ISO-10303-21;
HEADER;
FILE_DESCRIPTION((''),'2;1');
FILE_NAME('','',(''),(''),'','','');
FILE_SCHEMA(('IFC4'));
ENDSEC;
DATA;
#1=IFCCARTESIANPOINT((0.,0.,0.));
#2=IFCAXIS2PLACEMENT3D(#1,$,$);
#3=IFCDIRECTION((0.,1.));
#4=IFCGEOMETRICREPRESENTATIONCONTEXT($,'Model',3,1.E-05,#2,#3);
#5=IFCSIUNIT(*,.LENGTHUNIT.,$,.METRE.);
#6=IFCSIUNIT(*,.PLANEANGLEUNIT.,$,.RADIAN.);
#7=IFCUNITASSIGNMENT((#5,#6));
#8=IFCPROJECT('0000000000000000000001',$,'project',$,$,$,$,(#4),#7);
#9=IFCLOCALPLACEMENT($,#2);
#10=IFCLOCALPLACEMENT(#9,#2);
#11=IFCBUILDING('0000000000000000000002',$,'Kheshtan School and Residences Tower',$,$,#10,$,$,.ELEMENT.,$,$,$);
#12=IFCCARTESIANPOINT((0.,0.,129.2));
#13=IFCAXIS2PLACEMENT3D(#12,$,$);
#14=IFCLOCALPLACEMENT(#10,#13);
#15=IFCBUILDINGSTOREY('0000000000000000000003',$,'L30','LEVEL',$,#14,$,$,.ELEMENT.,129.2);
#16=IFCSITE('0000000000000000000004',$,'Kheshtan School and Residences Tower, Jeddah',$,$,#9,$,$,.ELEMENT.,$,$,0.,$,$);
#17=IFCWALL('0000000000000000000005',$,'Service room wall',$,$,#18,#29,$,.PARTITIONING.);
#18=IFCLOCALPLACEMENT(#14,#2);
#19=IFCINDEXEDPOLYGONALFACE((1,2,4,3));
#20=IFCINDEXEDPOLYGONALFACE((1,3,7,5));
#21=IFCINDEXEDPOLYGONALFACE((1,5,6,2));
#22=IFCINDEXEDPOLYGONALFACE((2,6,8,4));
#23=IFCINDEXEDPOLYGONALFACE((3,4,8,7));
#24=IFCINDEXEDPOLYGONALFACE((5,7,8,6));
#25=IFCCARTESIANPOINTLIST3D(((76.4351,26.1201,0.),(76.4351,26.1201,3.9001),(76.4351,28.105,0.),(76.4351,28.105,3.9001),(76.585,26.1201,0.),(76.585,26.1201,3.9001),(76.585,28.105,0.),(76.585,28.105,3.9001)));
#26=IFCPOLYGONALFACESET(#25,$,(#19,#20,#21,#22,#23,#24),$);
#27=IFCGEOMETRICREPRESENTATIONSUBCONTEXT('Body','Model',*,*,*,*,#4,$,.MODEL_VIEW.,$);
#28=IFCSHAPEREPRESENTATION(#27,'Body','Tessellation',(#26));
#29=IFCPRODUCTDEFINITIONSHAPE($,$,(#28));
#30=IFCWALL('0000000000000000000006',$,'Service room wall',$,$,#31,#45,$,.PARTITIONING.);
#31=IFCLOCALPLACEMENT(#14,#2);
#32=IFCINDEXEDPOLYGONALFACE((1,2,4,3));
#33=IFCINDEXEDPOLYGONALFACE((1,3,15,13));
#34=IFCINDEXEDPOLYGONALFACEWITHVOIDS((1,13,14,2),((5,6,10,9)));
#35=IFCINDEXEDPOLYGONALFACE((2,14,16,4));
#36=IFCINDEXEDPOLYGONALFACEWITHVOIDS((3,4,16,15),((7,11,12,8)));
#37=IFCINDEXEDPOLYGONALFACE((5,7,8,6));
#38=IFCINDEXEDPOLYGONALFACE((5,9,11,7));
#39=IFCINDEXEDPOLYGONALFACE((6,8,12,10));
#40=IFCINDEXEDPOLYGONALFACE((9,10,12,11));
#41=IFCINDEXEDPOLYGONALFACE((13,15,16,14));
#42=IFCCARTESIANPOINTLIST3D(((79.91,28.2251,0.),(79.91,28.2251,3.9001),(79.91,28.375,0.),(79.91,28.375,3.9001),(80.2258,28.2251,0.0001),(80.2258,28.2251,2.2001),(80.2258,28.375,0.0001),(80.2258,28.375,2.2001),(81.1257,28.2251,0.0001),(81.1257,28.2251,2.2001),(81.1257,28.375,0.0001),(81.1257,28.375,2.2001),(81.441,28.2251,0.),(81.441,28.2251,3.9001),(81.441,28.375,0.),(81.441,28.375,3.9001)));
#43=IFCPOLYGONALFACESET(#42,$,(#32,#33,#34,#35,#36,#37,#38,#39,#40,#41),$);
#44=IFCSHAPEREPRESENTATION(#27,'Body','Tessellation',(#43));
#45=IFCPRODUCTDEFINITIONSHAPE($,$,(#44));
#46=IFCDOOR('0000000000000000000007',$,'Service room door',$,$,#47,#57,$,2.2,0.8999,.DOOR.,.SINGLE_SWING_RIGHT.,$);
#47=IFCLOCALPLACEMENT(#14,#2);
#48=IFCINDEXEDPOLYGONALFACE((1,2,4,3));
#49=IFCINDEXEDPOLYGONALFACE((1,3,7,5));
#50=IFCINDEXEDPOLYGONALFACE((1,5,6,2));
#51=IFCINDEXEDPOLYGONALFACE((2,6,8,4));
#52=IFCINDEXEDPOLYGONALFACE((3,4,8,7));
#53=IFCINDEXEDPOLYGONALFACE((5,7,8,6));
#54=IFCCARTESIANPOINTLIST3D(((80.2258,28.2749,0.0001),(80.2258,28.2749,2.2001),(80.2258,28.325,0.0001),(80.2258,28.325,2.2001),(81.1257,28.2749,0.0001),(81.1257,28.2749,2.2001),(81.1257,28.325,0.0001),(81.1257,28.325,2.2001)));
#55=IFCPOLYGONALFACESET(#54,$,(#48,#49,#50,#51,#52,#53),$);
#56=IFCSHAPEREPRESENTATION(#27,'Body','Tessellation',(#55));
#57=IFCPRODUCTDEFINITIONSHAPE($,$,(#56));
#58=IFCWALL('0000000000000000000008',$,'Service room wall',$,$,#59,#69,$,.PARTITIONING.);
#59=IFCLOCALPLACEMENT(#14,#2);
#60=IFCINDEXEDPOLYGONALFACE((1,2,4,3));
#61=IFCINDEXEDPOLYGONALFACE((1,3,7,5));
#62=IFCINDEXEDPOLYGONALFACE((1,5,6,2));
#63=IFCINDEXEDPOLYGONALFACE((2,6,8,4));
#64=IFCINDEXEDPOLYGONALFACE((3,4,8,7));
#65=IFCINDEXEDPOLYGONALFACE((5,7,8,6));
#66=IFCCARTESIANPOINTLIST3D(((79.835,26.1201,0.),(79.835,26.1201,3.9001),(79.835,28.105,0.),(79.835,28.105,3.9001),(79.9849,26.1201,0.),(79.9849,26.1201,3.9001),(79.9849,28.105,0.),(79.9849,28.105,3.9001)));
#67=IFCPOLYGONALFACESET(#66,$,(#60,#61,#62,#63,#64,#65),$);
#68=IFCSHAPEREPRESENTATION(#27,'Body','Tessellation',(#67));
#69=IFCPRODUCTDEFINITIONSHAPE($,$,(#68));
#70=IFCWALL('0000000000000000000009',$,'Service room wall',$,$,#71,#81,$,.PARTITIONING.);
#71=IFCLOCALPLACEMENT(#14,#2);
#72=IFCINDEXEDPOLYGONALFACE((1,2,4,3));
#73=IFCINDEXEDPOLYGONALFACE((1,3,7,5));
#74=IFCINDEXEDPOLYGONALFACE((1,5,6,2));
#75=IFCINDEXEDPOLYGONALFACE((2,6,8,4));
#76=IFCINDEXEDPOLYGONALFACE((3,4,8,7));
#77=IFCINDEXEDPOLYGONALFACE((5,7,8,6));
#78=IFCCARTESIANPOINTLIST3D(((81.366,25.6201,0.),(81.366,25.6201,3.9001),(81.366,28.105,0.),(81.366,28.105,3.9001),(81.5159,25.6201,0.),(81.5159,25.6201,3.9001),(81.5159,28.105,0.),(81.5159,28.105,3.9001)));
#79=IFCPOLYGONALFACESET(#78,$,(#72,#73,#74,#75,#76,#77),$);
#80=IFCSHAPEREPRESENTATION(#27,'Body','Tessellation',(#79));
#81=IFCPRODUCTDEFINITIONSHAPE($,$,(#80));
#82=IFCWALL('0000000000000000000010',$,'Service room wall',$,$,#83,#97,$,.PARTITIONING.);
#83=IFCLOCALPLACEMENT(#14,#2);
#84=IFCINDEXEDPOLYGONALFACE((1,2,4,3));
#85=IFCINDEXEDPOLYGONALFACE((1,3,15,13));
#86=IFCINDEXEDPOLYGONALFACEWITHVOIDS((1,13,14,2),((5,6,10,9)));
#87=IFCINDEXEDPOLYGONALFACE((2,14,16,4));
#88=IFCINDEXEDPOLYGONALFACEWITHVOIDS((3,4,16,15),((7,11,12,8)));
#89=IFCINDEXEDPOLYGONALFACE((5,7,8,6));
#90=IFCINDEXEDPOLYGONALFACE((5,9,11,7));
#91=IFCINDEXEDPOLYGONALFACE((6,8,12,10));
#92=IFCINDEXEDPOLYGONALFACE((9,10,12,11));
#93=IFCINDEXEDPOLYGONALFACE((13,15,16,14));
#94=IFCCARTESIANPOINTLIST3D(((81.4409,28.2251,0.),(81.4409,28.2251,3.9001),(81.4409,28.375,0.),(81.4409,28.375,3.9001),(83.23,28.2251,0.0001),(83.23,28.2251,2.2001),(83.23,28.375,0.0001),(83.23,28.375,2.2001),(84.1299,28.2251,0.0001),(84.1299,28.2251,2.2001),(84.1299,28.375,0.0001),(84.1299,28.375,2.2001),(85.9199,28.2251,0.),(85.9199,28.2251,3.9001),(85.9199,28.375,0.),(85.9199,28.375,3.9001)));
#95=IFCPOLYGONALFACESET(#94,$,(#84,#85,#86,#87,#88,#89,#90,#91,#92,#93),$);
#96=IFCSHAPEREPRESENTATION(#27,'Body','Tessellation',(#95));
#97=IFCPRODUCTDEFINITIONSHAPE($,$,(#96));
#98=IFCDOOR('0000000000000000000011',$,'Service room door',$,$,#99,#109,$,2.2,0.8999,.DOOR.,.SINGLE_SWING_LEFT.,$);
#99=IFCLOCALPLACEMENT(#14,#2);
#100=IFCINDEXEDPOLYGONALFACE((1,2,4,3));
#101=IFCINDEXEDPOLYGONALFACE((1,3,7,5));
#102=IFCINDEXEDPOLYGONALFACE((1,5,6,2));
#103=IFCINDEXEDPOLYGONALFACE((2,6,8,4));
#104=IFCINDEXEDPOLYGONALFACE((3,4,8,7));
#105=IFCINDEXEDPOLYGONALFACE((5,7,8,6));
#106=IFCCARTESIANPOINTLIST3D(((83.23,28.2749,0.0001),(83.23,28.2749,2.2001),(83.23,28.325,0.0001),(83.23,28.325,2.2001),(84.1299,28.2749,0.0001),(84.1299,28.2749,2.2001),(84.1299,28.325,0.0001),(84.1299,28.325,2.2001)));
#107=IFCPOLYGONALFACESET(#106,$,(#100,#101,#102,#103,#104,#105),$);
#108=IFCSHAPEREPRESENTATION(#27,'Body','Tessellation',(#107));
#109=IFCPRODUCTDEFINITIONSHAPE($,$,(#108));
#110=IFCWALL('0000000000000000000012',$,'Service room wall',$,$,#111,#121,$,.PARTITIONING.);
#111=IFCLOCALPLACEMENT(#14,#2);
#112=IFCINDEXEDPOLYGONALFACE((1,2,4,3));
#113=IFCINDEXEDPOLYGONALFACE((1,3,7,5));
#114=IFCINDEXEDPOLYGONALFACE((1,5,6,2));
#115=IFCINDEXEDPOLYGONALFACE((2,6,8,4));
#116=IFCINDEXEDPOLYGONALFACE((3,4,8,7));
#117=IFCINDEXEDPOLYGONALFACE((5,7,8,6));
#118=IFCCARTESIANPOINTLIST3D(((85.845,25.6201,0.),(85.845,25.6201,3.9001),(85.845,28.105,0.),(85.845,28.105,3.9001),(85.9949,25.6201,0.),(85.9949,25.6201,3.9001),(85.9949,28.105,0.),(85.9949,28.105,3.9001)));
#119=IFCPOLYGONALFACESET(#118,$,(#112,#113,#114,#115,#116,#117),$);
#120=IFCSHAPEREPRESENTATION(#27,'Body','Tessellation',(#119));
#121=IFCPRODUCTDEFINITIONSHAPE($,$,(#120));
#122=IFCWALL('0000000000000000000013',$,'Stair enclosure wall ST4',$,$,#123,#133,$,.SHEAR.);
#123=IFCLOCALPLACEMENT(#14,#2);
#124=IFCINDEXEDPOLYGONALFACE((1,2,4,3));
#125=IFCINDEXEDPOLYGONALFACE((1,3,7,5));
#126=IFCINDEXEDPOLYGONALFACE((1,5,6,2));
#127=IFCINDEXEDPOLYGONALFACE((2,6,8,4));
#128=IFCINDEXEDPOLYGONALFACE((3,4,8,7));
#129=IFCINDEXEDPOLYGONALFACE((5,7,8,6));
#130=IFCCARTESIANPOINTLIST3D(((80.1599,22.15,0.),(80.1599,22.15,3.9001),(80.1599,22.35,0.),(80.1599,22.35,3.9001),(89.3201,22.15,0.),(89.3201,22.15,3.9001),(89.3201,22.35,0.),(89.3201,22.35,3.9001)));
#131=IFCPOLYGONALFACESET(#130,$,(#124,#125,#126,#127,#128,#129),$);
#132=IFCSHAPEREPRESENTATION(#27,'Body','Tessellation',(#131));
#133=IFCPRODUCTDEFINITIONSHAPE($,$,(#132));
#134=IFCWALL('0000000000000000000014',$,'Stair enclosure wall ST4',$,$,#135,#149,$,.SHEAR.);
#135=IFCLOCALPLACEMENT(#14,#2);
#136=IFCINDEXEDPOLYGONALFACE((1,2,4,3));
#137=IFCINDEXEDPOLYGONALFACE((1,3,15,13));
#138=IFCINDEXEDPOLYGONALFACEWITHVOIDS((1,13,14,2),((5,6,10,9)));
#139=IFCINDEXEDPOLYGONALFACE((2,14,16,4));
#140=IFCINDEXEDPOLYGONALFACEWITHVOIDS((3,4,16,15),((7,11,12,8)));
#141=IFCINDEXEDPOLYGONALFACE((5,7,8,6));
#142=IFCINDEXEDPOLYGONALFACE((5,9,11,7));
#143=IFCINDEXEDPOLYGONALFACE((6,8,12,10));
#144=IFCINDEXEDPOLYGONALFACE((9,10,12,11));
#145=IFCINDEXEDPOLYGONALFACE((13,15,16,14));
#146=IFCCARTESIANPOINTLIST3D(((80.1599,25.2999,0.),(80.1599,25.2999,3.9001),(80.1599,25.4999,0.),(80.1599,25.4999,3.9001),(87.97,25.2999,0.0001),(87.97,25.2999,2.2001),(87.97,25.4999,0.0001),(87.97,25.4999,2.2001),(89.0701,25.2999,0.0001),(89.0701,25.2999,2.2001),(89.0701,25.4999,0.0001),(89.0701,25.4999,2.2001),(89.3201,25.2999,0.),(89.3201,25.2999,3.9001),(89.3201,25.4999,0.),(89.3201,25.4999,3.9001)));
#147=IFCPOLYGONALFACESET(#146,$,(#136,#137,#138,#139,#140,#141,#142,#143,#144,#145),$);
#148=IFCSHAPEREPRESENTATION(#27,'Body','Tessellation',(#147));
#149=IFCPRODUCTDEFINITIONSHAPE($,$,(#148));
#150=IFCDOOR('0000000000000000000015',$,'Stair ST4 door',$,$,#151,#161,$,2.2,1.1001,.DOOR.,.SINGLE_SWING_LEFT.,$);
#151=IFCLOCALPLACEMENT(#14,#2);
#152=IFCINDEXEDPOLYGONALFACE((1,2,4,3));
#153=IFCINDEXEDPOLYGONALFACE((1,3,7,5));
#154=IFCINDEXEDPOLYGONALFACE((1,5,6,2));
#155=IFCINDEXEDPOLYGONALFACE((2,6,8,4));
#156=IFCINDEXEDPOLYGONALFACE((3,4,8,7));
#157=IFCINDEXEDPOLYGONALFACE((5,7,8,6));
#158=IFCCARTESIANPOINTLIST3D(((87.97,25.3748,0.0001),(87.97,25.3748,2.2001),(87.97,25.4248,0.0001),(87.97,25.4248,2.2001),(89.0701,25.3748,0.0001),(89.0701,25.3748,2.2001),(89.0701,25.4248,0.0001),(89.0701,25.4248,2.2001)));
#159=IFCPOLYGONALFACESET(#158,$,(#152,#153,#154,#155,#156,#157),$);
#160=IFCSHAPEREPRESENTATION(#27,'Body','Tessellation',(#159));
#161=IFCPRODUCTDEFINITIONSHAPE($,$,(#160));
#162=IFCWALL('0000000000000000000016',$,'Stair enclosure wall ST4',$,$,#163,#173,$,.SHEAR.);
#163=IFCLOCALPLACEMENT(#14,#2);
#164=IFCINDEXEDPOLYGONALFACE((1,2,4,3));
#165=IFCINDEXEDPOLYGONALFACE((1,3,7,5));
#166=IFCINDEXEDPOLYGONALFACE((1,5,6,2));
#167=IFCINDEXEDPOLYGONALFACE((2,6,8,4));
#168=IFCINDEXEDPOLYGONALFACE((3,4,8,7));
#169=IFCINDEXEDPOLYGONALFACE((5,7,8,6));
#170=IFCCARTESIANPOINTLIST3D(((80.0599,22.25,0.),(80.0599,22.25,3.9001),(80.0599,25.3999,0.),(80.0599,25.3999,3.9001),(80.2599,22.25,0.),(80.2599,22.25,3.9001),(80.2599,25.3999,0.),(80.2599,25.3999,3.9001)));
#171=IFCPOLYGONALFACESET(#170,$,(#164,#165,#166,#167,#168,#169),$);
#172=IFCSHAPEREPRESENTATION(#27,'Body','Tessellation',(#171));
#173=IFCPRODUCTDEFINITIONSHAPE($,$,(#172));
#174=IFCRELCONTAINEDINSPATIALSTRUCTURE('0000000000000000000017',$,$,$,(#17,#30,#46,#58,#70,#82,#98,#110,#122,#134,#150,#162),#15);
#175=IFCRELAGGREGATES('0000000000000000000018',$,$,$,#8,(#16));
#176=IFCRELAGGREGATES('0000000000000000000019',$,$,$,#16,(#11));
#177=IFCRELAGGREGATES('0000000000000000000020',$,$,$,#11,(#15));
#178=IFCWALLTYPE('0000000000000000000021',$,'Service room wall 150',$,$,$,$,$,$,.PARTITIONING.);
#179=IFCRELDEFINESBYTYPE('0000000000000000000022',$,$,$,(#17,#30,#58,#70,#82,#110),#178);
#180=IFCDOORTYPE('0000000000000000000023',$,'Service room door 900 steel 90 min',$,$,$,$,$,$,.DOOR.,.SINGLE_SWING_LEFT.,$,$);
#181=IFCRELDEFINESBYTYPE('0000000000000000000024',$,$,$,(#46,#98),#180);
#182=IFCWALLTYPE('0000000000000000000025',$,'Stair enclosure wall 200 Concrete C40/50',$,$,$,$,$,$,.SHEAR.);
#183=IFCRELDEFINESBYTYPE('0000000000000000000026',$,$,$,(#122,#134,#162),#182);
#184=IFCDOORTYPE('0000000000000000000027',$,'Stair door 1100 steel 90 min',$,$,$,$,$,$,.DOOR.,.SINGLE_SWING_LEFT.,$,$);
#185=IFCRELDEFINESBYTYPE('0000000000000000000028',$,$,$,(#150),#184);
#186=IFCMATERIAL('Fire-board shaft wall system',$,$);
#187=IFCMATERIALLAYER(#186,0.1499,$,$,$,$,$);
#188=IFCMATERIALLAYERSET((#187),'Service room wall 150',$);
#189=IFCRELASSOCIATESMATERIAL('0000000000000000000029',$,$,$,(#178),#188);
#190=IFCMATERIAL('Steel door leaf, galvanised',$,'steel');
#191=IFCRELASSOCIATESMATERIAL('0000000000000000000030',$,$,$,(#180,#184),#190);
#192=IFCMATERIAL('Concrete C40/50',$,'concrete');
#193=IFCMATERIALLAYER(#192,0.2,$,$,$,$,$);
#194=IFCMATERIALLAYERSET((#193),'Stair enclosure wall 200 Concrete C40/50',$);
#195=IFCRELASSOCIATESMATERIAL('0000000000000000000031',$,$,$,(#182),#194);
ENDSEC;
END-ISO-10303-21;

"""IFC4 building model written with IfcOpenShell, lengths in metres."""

from ifc_helpers import new_model, si_unit, direction, frame, frame_2d, origin, place, context, subcontext, project, spatial, rectangle, extrude, source, transform, mapped, material, layer, layer_set, type_object, element, fill, save


model = new_model("IFC4")

# Units and contexts
model_context = context("Model", 3, precision=1e-05, world=origin(), true_north=direction((0.0, 1.0)))
body_context = subcontext(model_context, "Body", "Model", "MODEL_VIEW")
ifc_project = project(units=[si_unit("LENGTHUNIT", "METRE"), si_unit("PLANEANGLEUNIT", "RADIAN")], contexts=[model_context])

# Site, building, storey
site_placement = place(None, origin())
site = spatial("IfcSite", under=ifc_project, at=site_placement, Name="Kheshtan School and Residences Tower, Jeddah", CompositionType="ELEMENT", RefElevation=0.0)
building_placement = place(site_placement, origin())
building = spatial("IfcBuilding", under=site, at=building_placement, Name="Kheshtan School and Residences Tower", CompositionType="ELEMENT")
storey_placement = place(building_placement, frame((0.0, 0.0, 129.2)))
storey = spatial("IfcBuildingStorey", under=building, at=storey_placement, Name="L30", Description="LEVEL", CompositionType="ELEMENT", Elevation=129.2)

# Wall
ifc_material_1 = material(Name="Fire-board shaft wall system")
ifc_layer_1 = layer(ifc_material_1, 0.1499)
ifc_layer_set_1 = layer_set([ifc_layer_1], Name="Service room wall 150")
wall_type_1 = type_object("IfcWallType", Name="Service room wall 150", PredefinedType="PARTITIONING", material=ifc_layer_set_1)
wall_1_placement = place(storey_placement, frame((76.51, 26.1201, 0.0), z_axis=(0.0, 0.0, 1.0), x_axis=(0.0, 1.0, 0.0)))
element("IfcWall", 1, at=wall_1_placement, inside=storey, type_object=wall_type_1, Name="Service room wall", PredefinedType="PARTITIONING", context=body_context, shape_type="SweptSolid", body=[
    extrude(rectangle(XDim=1.9849, YDim=0.1499, at=frame_2d((0.9924, 0.0))), origin(), (0.0, 0.0, 1.0), 3.9001),
])

# Wall, opening, door
wall_2_placement = place(storey_placement, frame((79.9099, 28.3, 0.0), z_axis=(0.0, 0.0, 1.0), x_axis=(1.0, 0.0, 0.0)))
wall_2 = element("IfcWall", 2, at=wall_2_placement, inside=storey, type_object=wall_type_1, Name="Service room wall", PredefinedType="PARTITIONING", context=body_context, shape_type="SweptSolid", body=[
    extrude(rectangle(XDim=1.531, YDim=0.1499, at=frame_2d((0.7656, 0.0))), origin(), (0.0, 0.0, 1.0), 3.9001),
])
opening_1_placement = place(wall_2_placement, frame((0.3159, 0.0, 0.0)))
opening_1 = element("IfcOpeningElement", 3, at=opening_1_placement, cuts=wall_2, PredefinedType="OPENING", context=body_context, shape_type="SweptSolid", body=[
    extrude(rectangle(XDim=0.8999, YDim=2.2, at=frame_2d((0.45, 1.1001))), frame((0.0, 0.085, 0.0), z_axis=(0.0, -1.0, 0.0), x_axis=(1.0, 0.0, 0.0)), (0.0, 0.0, 1.0), 0.1699),
])
ifc_material_2 = material(Name="Steel door leaf, galvanised", Category="steel")
door_type_1 = type_object("IfcDoorType", Name="Service room door 900 steel 90 min", OperationType="SINGLE_SWING_LEFT", PredefinedType="DOOR", material=ifc_material_2)
shared_shape_1 = source(origin(), body_context, "Body", "SweptSolid", [
    extrude(rectangle(XDim=0.8999, YDim=2.2, at=frame_2d((0.45, 1.1001))), frame((0.0, 0.0249, 0.0), z_axis=(0.0, -1.0, 0.0), x_axis=(1.0, 0.0, 0.0)), (0.0, 0.0, 1.0), 0.05),
])
door_1_placement = place(opening_1_placement, origin())
door_1 = element("IfcDoor", 4, at=door_1_placement, inside=storey, type_object=door_type_1, Name="Service room door", OperationType="SINGLE_SWING_RIGHT", OverallHeight=2.2, OverallWidth=0.8999, PredefinedType="DOOR", context=body_context, shape_type="MappedRepresentation", body=[
    mapped(shared_shape_1, transform((0.0, 0.0, 0.0), x_axis=(1.0, 0.0, 0.0), y_axis=(0.0, 1.0, 0.0), z_axis=(0.0, 0.0, 1.0), scale=1.0)),
])
fill(opening_1, door_1)

# Walls
wall_3_placement = place(storey_placement, frame((79.9099, 26.1201, 0.0), z_axis=(0.0, 0.0, 1.0), x_axis=(0.0, 1.0, 0.0)))
element("IfcWall", 5, at=wall_3_placement, inside=storey, type_object=wall_type_1, Name="Service room wall", PredefinedType="PARTITIONING", context=body_context, shape_type="SweptSolid", body=[
    extrude(rectangle(XDim=1.9849, YDim=0.1499, at=frame_2d((0.9924, 0.0))), origin(), (0.0, 0.0, 1.0), 3.9001),
])
wall_4_placement = place(storey_placement, frame((81.4409, 25.6201, 0.0), z_axis=(0.0, 0.0, 1.0), x_axis=(0.0, 1.0, 0.0)))
element("IfcWall", 6, at=wall_4_placement, inside=storey, type_object=wall_type_1, Name="Service room wall", PredefinedType="PARTITIONING", context=body_context, shape_type="SweptSolid", body=[
    extrude(rectangle(XDim=2.4849, YDim=0.1499, at=frame_2d((1.2424, 0.0))), origin(), (0.0, 0.0, 1.0), 3.9001),
])

# Wall, opening, door
wall_5_placement = place(storey_placement, frame((81.4409, 28.3, 0.0), z_axis=(0.0, 0.0, 1.0), x_axis=(1.0, 0.0, 0.0)))
wall_5 = element("IfcWall", 7, at=wall_5_placement, inside=storey, type_object=wall_type_1, Name="Service room wall", PredefinedType="PARTITIONING", context=body_context, shape_type="SweptSolid", body=[
    extrude(rectangle(XDim=4.479, YDim=0.1499, at=frame_2d((2.2395, 0.0))), origin(), (0.0, 0.0, 1.0), 3.9001),
])
opening_2_placement = place(wall_5_placement, frame((1.7891, 0.0, 0.0)))
opening_2 = element("IfcOpeningElement", 8, at=opening_2_placement, cuts=wall_5, PredefinedType="OPENING", context=body_context, shape_type="SweptSolid", body=[
    extrude(rectangle(XDim=0.8999, YDim=2.2, at=frame_2d((0.45, 1.1001))), frame((0.0, 0.085, 0.0), z_axis=(0.0, -1.0, 0.0), x_axis=(1.0, 0.0, 0.0)), (0.0, 0.0, 1.0), 0.1699),
])
door_2_placement = place(opening_2_placement, origin())
door_2 = element("IfcDoor", 9, at=door_2_placement, inside=storey, type_object=door_type_1, Name="Service room door", OperationType="SINGLE_SWING_LEFT", OverallHeight=2.2, OverallWidth=0.8999, PredefinedType="DOOR", context=body_context, shape_type="MappedRepresentation", body=[
    mapped(shared_shape_1, transform((0.0, 0.0, 0.0), x_axis=(1.0, 0.0, 0.0), y_axis=(0.0, 1.0, 0.0), z_axis=(0.0, 0.0, 1.0), scale=1.0)),
])
fill(opening_2, door_2)

# Walls
wall_6_placement = place(storey_placement, frame((85.9199, 25.6201, 0.0), z_axis=(0.0, 0.0, 1.0), x_axis=(0.0, 1.0, 0.0)))
element("IfcWall", 10, at=wall_6_placement, inside=storey, type_object=wall_type_1, Name="Service room wall", PredefinedType="PARTITIONING", context=body_context, shape_type="SweptSolid", body=[
    extrude(rectangle(XDim=2.4849, YDim=0.1499, at=frame_2d((1.2424, 0.0))), origin(), (0.0, 0.0, 1.0), 3.9001),
])
ifc_material_3 = material(Name="Concrete C40/50", Category="concrete")
ifc_layer_2 = layer(ifc_material_3, 0.2)
ifc_layer_set_2 = layer_set([ifc_layer_2], Name="Stair enclosure wall 200 Concrete C40/50")
wall_type_2 = type_object("IfcWallType", Name="Stair enclosure wall 200 Concrete C40/50", PredefinedType="SHEAR", material=ifc_layer_set_2)
wall_7_placement = place(storey_placement, frame((80.1599, 22.25, 0.0), z_axis=(0.0, 0.0, 1.0), x_axis=(1.0, 0.0, 0.0)))
element("IfcWall", 11, at=wall_7_placement, inside=storey, type_object=wall_type_2, Name="Stair enclosure wall ST4", PredefinedType="SHEAR", context=body_context, shape_type="SweptSolid", body=[
    extrude(rectangle(XDim=9.1602, YDim=0.2, at=frame_2d((4.5801, 0.0))), origin(), (0.0, 0.0, 1.0), 3.9001),
])

# Wall, opening, door
wall_8_placement = place(storey_placement, frame((80.1599, 25.3999, 0.0), z_axis=(0.0, 0.0, 1.0), x_axis=(1.0, 0.0, 0.0)))
wall_8 = element("IfcWall", 12, at=wall_8_placement, inside=storey, type_object=wall_type_2, Name="Stair enclosure wall ST4", PredefinedType="SHEAR", context=body_context, shape_type="SweptSolid", body=[
    extrude(rectangle(XDim=9.1602, YDim=0.2, at=frame_2d((4.5801, 0.0))), origin(), (0.0, 0.0, 1.0), 3.9001),
])
opening_3_placement = place(wall_8_placement, frame((7.8101, 0.0, 0.0)))
opening_3 = element("IfcOpeningElement", 13, at=opening_3_placement, cuts=wall_8, PredefinedType="OPENING", context=body_context, shape_type="SweptSolid", body=[
    extrude(rectangle(XDim=1.1001, YDim=2.2, at=frame_2d((0.55, 1.1001))), frame((0.0, 0.1099, 0.0), z_axis=(0.0, -1.0, 0.0), x_axis=(1.0, 0.0, 0.0)), (0.0, 0.0, 1.0), 0.22),
])
door_type_2 = type_object("IfcDoorType", Name="Stair door 1100 steel 90 min", OperationType="SINGLE_SWING_LEFT", PredefinedType="DOOR", material=ifc_material_2)
shared_shape_2 = source(origin(), body_context, "Body", "SweptSolid", [
    extrude(rectangle(XDim=1.1001, YDim=2.2, at=frame_2d((0.55, 1.1001))), frame((0.0, 0.0249, 0.0), z_axis=(0.0, -1.0, 0.0), x_axis=(1.0, 0.0, 0.0)), (0.0, 0.0, 1.0), 0.05),
])
door_3_placement = place(opening_3_placement, origin())
door_3 = element("IfcDoor", 14, at=door_3_placement, inside=storey, type_object=door_type_2, Name="Stair ST4 door", OperationType="SINGLE_SWING_LEFT", OverallHeight=2.2, OverallWidth=1.1001, PredefinedType="DOOR", context=body_context, shape_type="MappedRepresentation", body=[
    mapped(shared_shape_2, transform((0.0, 0.0, 0.0), x_axis=(1.0, 0.0, 0.0), y_axis=(0.0, 1.0, 0.0), z_axis=(0.0, 0.0, 1.0), scale=1.0)),
])
fill(opening_3, door_3)

# Wall
for number, where, z_axis, x_axis, name in (
    (15, (80.1599, 22.25, 0.0), (0.0, 0.0, 1.0), (0.0, 1.0, 0.0), "Stair enclosure wall ST4"),
):
    element("IfcWall", number, at=place(storey_placement, frame(where, z_axis=z_axis, x_axis=x_axis)), inside=storey, type_object=wall_type_2, Name=name, PredefinedType="SHEAR", context=body_context, shape_type="SweptSolid", body=[
        extrude(rectangle(XDim=3.1499, YDim=0.2, at=frame_2d((1.575, 0.0))), origin(), (0.0, 0.0, 1.0), 3.9001),
    ])

save(model, "model.ifc")
